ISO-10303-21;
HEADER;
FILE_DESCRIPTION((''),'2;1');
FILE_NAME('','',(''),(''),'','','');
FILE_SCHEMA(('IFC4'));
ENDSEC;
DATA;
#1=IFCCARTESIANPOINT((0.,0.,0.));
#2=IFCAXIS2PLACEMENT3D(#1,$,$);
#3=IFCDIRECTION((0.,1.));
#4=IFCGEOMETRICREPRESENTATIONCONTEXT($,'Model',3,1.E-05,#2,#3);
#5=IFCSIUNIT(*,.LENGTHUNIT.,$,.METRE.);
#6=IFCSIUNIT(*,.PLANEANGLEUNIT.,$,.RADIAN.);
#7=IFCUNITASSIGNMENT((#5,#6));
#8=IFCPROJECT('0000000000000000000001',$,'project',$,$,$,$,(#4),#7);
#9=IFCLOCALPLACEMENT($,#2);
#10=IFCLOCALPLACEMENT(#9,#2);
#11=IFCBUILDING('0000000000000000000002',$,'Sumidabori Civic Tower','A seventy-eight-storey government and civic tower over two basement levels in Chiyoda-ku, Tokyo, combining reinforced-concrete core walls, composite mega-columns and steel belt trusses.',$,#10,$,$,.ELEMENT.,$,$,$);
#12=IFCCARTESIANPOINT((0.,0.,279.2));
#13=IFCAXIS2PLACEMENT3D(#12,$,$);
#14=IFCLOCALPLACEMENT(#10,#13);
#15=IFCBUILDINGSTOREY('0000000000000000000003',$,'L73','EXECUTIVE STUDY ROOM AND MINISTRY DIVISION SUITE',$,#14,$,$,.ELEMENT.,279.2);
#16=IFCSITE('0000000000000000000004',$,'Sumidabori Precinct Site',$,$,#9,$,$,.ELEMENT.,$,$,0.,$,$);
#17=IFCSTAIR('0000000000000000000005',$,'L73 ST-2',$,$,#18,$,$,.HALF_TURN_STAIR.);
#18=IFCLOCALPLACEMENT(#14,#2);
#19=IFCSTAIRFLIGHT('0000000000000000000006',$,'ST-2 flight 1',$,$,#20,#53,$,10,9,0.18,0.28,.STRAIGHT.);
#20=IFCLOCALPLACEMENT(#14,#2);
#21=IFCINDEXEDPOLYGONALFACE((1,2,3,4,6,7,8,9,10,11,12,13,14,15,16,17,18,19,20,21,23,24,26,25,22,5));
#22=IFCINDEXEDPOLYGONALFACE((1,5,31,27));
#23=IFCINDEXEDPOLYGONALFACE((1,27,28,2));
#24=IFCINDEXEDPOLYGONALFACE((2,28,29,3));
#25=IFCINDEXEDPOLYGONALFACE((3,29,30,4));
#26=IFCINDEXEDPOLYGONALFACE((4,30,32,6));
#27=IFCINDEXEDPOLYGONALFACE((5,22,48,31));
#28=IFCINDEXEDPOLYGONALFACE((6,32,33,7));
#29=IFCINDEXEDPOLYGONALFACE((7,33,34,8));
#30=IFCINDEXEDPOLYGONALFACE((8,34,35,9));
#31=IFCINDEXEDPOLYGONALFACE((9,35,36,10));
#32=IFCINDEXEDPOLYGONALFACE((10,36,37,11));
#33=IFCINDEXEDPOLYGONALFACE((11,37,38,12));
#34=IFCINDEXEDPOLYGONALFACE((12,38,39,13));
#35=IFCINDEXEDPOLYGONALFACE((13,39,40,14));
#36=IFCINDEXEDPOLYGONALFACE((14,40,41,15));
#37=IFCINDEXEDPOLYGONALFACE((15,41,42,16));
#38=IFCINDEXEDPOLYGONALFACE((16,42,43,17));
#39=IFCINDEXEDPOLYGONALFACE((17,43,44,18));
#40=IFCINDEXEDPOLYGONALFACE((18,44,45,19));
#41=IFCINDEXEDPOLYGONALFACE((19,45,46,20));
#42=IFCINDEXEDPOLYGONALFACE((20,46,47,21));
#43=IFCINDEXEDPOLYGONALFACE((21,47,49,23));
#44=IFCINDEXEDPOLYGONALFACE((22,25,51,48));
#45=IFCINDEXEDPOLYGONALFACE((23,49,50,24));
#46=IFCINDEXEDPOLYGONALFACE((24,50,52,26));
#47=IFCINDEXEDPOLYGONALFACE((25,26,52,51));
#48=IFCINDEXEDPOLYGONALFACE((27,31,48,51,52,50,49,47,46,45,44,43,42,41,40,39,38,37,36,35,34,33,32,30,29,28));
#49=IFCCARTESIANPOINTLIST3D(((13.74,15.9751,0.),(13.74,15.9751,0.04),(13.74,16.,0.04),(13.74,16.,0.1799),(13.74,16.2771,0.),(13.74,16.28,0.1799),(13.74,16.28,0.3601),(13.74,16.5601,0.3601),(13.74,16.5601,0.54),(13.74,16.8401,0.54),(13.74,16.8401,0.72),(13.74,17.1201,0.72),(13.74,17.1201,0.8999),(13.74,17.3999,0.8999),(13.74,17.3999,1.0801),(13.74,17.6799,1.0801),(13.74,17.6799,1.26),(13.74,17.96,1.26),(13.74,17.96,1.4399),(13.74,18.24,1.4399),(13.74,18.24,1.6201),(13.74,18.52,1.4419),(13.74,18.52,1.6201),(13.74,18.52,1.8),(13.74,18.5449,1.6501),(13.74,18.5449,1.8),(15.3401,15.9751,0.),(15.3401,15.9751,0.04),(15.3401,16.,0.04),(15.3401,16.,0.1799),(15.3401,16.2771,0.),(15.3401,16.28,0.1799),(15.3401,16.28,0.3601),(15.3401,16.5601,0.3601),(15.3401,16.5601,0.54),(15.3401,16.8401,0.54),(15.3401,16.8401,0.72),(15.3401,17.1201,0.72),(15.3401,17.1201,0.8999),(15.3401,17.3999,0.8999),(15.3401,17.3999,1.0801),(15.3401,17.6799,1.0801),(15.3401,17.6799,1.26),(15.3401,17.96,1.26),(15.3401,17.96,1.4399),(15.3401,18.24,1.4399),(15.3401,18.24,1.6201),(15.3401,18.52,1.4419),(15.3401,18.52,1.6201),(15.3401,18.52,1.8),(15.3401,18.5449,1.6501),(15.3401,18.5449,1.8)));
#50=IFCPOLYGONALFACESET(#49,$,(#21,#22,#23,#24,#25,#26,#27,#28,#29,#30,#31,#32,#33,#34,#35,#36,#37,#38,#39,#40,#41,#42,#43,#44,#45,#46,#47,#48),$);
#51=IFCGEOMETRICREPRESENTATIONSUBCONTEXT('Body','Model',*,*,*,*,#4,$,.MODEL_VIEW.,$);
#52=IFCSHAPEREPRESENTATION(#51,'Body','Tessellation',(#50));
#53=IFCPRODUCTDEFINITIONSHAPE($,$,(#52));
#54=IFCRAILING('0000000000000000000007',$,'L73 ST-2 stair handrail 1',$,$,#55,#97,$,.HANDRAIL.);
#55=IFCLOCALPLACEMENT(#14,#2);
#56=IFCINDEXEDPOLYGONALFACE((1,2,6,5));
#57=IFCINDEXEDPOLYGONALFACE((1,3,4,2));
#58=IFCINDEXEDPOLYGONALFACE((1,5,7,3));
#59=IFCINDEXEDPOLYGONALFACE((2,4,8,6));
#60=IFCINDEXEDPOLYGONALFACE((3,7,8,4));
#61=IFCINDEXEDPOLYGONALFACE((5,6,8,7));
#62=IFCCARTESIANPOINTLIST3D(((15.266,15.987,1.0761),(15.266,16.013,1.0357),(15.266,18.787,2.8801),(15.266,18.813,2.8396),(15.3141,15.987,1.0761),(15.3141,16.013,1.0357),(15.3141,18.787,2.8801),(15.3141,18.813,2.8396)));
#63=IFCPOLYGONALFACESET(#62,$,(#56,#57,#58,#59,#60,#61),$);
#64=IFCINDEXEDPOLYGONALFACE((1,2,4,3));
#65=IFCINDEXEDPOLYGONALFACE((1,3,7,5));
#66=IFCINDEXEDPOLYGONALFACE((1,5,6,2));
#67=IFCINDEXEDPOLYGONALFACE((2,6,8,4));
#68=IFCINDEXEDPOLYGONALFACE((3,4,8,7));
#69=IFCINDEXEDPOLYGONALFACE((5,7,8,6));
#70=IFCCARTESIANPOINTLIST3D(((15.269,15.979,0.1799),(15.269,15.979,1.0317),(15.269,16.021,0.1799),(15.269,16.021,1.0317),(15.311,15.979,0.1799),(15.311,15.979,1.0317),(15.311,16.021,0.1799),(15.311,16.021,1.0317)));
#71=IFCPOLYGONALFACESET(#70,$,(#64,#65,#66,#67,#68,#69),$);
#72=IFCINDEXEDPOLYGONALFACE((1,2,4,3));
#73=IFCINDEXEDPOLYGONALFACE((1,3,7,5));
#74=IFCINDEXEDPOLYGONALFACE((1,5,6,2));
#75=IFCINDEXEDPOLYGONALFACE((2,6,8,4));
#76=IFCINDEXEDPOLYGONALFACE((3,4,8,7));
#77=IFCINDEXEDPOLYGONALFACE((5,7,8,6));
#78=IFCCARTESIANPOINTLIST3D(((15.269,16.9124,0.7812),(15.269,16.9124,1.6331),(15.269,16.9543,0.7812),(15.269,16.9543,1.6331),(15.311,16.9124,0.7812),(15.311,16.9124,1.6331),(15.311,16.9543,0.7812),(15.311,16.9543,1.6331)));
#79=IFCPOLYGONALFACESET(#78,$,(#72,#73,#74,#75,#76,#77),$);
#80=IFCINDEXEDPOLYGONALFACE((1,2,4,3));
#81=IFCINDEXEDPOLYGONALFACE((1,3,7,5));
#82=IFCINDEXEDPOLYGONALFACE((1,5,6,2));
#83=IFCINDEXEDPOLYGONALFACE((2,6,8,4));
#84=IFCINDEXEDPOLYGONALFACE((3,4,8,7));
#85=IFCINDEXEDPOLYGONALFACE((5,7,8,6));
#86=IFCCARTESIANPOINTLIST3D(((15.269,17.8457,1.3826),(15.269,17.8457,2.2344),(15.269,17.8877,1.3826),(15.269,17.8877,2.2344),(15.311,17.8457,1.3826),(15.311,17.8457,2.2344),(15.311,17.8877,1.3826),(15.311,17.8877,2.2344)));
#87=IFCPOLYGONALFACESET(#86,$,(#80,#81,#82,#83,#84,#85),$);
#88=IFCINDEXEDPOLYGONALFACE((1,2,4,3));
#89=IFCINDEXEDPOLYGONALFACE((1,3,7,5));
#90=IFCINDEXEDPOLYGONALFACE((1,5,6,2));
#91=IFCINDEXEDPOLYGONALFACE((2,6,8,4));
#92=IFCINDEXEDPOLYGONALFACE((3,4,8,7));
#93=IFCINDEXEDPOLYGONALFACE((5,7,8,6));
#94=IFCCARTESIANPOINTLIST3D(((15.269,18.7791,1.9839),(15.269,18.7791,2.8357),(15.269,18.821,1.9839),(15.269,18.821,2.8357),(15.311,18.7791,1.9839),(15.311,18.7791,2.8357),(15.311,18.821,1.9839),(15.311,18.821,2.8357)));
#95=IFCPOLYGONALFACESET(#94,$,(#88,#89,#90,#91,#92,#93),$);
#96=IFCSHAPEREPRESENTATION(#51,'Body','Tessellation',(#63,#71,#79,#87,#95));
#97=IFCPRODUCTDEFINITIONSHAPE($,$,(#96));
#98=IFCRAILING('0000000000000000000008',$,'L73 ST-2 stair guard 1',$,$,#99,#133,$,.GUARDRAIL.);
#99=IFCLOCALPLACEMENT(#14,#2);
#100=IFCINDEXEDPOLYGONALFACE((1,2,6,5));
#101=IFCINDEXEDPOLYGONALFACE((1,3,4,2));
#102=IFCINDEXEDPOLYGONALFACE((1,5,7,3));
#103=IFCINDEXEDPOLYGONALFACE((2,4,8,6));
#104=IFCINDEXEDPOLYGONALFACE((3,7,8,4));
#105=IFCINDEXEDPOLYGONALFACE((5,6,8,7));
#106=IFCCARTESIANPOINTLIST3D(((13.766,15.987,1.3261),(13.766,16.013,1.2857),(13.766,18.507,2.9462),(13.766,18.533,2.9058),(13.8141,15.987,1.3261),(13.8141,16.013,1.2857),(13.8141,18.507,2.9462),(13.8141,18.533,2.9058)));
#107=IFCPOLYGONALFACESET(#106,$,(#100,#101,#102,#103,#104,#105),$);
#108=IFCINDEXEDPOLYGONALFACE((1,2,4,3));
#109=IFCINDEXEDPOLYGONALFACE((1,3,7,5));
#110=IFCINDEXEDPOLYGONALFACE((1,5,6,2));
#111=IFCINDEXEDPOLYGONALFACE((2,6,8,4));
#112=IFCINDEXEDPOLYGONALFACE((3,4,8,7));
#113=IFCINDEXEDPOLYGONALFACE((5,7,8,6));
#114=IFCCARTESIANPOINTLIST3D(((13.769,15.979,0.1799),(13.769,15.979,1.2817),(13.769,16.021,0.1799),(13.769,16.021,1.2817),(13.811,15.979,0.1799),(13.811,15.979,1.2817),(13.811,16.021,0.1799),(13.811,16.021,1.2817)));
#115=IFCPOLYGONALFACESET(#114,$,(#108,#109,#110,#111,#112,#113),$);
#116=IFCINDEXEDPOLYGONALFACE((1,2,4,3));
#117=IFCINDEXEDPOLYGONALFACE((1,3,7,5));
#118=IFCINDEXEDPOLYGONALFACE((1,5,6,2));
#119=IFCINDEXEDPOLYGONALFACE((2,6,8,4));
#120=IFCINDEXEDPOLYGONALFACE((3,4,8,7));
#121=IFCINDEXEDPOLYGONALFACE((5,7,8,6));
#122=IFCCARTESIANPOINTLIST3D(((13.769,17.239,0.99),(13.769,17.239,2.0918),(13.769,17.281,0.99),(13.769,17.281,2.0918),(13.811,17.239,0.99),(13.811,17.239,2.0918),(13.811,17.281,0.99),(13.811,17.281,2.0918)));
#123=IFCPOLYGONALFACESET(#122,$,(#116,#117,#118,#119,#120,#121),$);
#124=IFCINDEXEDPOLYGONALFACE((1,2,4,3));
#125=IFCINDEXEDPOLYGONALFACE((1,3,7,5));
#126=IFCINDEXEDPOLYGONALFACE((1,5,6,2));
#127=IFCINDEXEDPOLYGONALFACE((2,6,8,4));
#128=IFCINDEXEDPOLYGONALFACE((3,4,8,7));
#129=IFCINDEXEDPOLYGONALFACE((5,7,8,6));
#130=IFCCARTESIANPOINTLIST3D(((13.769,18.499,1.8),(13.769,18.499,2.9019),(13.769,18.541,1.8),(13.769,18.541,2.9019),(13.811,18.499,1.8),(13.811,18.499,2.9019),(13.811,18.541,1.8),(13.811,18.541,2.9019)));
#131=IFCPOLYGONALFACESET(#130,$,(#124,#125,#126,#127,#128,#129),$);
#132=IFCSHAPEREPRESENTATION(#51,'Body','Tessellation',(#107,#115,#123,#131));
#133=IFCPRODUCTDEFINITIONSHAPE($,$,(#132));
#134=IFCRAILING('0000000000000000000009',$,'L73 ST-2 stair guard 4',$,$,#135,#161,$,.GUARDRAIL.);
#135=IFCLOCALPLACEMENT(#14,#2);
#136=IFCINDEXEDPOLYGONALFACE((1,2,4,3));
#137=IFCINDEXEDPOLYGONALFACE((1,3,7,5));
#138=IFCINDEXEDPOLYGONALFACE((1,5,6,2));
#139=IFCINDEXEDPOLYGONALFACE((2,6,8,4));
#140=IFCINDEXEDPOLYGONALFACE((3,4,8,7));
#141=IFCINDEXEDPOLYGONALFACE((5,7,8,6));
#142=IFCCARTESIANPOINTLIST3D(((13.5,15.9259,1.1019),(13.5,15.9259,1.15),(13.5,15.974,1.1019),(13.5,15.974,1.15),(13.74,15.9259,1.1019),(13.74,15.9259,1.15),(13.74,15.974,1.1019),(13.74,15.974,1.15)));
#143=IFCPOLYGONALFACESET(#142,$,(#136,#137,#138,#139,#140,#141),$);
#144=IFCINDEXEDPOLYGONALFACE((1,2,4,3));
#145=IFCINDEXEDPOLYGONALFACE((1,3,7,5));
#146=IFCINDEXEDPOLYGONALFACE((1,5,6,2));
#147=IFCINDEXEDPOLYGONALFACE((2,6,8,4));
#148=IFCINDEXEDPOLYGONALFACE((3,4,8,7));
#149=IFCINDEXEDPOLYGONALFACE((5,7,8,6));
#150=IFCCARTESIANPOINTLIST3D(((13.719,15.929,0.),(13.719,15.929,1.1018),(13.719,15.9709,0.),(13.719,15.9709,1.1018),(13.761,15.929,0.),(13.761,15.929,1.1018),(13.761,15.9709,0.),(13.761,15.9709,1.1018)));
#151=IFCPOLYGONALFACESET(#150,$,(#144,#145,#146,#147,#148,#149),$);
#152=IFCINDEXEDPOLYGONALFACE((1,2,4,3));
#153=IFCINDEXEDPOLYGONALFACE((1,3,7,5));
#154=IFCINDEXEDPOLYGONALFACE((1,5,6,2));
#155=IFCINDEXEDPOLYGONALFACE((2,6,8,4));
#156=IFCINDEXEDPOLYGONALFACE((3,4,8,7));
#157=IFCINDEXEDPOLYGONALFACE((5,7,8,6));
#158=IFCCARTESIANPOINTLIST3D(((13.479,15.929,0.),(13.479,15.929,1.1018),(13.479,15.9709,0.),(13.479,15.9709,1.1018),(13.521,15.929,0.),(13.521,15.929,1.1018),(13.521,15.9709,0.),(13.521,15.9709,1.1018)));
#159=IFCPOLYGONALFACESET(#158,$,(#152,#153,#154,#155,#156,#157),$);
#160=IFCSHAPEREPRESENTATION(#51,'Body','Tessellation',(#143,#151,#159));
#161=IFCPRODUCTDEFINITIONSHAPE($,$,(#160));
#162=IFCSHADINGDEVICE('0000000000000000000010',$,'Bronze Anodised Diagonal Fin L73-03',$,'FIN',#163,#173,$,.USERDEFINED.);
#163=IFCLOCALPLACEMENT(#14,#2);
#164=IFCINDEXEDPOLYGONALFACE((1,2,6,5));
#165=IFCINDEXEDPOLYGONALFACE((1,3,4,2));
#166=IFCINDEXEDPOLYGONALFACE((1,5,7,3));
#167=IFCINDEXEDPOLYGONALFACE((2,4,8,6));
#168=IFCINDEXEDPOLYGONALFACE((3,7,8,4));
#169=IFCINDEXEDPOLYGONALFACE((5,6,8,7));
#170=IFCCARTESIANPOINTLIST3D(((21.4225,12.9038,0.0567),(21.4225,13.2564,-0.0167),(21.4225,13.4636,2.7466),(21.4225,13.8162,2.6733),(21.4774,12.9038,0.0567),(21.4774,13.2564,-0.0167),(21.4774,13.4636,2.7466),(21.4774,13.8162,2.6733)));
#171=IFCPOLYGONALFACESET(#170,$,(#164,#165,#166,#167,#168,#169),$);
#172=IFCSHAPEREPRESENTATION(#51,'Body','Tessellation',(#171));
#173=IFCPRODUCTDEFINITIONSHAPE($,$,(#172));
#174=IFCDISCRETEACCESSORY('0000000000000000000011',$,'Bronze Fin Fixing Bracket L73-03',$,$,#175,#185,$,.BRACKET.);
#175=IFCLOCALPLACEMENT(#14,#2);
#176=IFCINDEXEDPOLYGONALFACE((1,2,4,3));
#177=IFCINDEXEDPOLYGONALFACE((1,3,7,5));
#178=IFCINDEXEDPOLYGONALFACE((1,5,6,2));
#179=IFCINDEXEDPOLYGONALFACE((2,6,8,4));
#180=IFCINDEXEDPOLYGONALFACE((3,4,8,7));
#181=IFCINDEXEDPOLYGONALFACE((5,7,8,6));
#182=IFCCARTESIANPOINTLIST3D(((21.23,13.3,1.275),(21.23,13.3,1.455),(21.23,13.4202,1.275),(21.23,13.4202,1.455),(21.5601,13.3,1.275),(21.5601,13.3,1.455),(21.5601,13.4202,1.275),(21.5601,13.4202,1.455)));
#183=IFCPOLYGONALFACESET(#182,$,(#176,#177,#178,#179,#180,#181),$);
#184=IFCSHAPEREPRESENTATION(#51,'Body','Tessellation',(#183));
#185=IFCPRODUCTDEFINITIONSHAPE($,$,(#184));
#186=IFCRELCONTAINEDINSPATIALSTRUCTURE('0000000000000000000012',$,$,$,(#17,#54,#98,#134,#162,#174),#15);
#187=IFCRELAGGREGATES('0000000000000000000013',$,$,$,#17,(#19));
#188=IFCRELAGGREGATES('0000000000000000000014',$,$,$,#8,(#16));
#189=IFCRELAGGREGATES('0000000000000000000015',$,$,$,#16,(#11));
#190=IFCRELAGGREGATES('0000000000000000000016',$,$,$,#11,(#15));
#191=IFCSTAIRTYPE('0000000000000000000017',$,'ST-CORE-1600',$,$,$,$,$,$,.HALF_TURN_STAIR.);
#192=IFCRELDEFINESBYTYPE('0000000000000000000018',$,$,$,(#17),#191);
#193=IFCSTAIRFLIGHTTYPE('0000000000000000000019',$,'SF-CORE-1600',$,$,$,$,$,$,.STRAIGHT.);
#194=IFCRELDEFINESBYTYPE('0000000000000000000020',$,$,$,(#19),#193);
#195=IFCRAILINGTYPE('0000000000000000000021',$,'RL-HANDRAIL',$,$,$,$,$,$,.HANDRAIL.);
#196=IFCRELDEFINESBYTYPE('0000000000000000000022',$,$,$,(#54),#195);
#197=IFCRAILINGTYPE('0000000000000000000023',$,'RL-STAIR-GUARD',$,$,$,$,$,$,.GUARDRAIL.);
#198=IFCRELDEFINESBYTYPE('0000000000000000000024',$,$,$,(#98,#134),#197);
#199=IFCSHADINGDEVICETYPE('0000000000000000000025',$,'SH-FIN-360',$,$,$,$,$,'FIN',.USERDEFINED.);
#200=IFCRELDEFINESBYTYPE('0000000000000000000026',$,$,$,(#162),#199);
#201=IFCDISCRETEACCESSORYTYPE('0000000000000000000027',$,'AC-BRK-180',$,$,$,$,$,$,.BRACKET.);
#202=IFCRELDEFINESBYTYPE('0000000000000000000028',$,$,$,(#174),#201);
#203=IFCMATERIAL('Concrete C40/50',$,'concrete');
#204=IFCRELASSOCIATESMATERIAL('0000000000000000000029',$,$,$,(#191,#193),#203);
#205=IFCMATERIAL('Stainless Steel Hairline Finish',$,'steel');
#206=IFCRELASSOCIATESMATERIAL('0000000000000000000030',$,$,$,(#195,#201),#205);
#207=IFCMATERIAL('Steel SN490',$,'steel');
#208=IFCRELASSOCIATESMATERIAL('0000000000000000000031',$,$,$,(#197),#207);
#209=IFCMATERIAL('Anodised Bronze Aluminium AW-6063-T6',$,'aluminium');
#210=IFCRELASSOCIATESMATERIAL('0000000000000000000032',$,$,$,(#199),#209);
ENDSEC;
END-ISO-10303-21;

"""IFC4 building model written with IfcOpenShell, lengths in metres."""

from ifc_helpers import new_model, si_unit, direction, frame, origin, origin_2d, place, context, subcontext, project, spatial, polyline, rectangle, outline, extrude, source, transform, mapped, material, material_profile, profile_set, type_object, element, aggregate, save


model = new_model("IFC4")

# Units and contexts
model_context = context("Model", 3, precision=1e-05, world=origin(), true_north=direction((0.0, 1.0)))
body_context = subcontext(model_context, "Body", "Model", "MODEL_VIEW")
ifc_project = project(units=[si_unit("LENGTHUNIT", "METRE"), si_unit("PLANEANGLEUNIT", "RADIAN")], contexts=[model_context])

# Site, building, storey
site_placement = place(None, origin())
site = spatial("IfcSite", under=ifc_project, at=site_placement, Name="Sumidabori Precinct Site", CompositionType="ELEMENT", RefElevation=0.0)
building_placement = place(site_placement, origin())
building = spatial("IfcBuilding", under=site, at=building_placement, Name="Sumidabori Civic Tower", Description="A seventy-eight-storey government and civic tower over two basement levels in Chiyoda-ku, Tokyo, combining reinforced-concrete core walls, composite mega-columns and steel belt trusses.", CompositionType="ELEMENT")
storey_placement = place(building_placement, frame((0.0, 0.0, 279.2)))
storey = spatial("IfcBuildingStorey", under=building, at=storey_placement, Name="L73", Description="EXECUTIVE STUDY ROOM AND MINISTRY DIVISION SUITE", CompositionType="ELEMENT", Elevation=279.2)

# Shared definitions
ifc_material_1 = material(Name="Steel SN490", Category="steel")

# Shared definitions
ifc_material_2 = material(Name="Anodised Bronze Aluminium AW-6063-T6", Category="aluminium")

# Shared definitions
ifc_material_3 = material(Name="Stainless Steel Hairline Finish", Category="steel")

# Stair, stair flight
ifc_material_4 = material(Name="Concrete C40/50", Category="concrete")
stair_type = type_object("IfcStairType", Name="ST-CORE-1600", PredefinedType="HALF_TURN_STAIR", material=ifc_material_4)
stair_placement = place(storey_placement, origin())
stair = element("IfcStair", 1, at=stair_placement, inside=storey, type_object=stair_type, Name="L73 ST-2", PredefinedType="HALF_TURN_STAIR")
stair_flight_type = type_object("IfcStairFlightType", Name="SF-CORE-1600", PredefinedType="STRAIGHT", material=ifc_material_4)
shared_shape_1 = source(origin(), body_context, "Body", "SweptSolid", [
    extrude(outline(polyline([(-0.0249, 0.0), (-0.0249, 0.04), (0.0, 0.04), (0.0, 0.1799), (0.28, 0.1799), (0.28, 0.3601), (0.5601, 0.3601), (0.5601, 0.54), (0.8401, 0.54), (0.8401, 0.72), (1.1201, 0.72), (1.1201, 0.8999), (1.3999, 0.8999), (1.3999, 1.0801), (1.6799, 1.0801), (1.6799, 1.26), (1.96, 1.26), (1.96, 1.4399), (2.24, 1.4399), (2.24, 1.6201), (2.52, 1.6201), (2.52, 1.8), (2.5449, 1.8), (2.5449, 1.6501), (2.52, 1.4419), (0.2771, 0.0), (-0.0249, 0.0)])), frame((0.0, 0.8, 0.0), z_axis=(0.0, -1.0, 0.0), x_axis=(1.0, 0.0, 0.0)), (0.0, 0.0, 1.0), 1.6001),
])
stair_flight_placement = place(storey_placement, frame((14.54, 16.0, 0.0), z_axis=(0.0, 0.0, 1.0), x_axis=(0.0, 1.0, 0.0)))
stair_flight = element("IfcStairFlight", 2, at=stair_flight_placement, type_object=stair_flight_type, Name="ST-2 flight 1", NumberOfRisers=10, NumberOfTreads=9, PredefinedType="STRAIGHT", RiserHeight=0.18, TreadLength=0.28, context=body_context, shape_type="MappedRepresentation", body=[
    mapped(shared_shape_1, transform((0.0, 0.0, 0.0), x_axis=(1.0, 0.0, 0.0), y_axis=(0.0, 1.0, 0.0), z_axis=(0.0, 0.0, 1.0), scale=1.0)),
])
aggregate(stair, [stair_flight])

# Railings
railing_type_1 = type_object("IfcRailingType", Name="RL-HANDRAIL", PredefinedType="HANDRAIL", material=ifc_material_3)
railing_1_placement = place(storey_placement, frame((15.29, 16.0, 0.1799)))
element("IfcRailing", 3, at=railing_1_placement, inside=storey, type_object=railing_type_1, Name="L73 ST-2 stair handrail 1", PredefinedType="HANDRAIL", context=body_context, shape_type="SweptSolid", body=[
    extrude(rectangle(XDim=0.0481, YDim=0.0481, at=origin_2d()), frame((0.0, 0.0, 0.876), z_axis=(0.0, 0.840642, 0.541591), x_axis=(-1.0, 0.0, 0.0)), (0.0, 0.0, 1.0), 3.3308),
    extrude(rectangle(XDim=0.042, YDim=0.042, at=origin_2d()), origin(), (0.0, 0.0, 1.0), 0.8518),
    extrude(rectangle(XDim=0.042, YDim=0.042, at=origin_2d()), frame((0.0, 0.9333, 0.6013)), (0.0, 0.0, 1.0), 0.8518),
    extrude(rectangle(XDim=0.042, YDim=0.042, at=origin_2d()), frame((0.0, 1.8667, 1.2026)), (0.0, 0.0, 1.0), 0.8518),
    extrude(rectangle(XDim=0.042, YDim=0.042, at=origin_2d()), frame((0.0, 2.8, 1.804)), (0.0, 0.0, 1.0), 0.8518),
])
railing_type_2 = type_object("IfcRailingType", Name="RL-STAIR-GUARD", PredefinedType="GUARDRAIL", material=ifc_material_1)
railing_2_placement = place(storey_placement, frame((13.79, 16.0, 0.1799)))
element("IfcRailing", 4, at=railing_2_placement, inside=storey, type_object=railing_type_2, Name="L73 ST-2 stair guard 1", PredefinedType="GUARDRAIL", context=body_context, shape_type="SweptSolid", body=[
    extrude(rectangle(XDim=0.0481, YDim=0.0481, at=origin_2d()), frame((0.0, 0.0, 1.126), z_axis=(0.0, 0.841163, 0.540782), x_axis=(-1.0, 0.0, 0.0)), (0.0, 0.0, 1.0), 2.9958),
    extrude(rectangle(XDim=0.042, YDim=0.042, at=origin_2d()), origin(), (0.0, 0.0, 1.0), 1.1018),
    extrude(rectangle(XDim=0.042, YDim=0.042, at=origin_2d()), frame((0.0, 1.26, 0.8101)), (0.0, 0.0, 1.0), 1.1018),
    extrude(rectangle(XDim=0.042, YDim=0.042, at=origin_2d()), frame((0.0, 2.52, 1.6201)), (0.0, 0.0, 1.0), 1.1018),
])
railing_3_placement = place(storey_placement, frame((13.74, 15.95, 0.0)))
element("IfcRailing", 5, at=railing_3_placement, inside=storey, type_object=railing_type_2, Name="L73 ST-2 stair guard 4", PredefinedType="GUARDRAIL", context=body_context, shape_type="SweptSolid", body=[
    extrude(rectangle(XDim=0.0481, YDim=0.0481, at=origin_2d()), frame((0.0, 0.0, 1.126), z_axis=(-1.0, 0.0, 0.0), x_axis=(0.0, -1.0, 0.0)), (0.0, 0.0, 1.0), 0.24),
    extrude(rectangle(XDim=0.042, YDim=0.042, at=origin_2d()), origin(), (0.0, 0.0, 1.0), 1.1018),
    extrude(rectangle(XDim=0.042, YDim=0.042, at=origin_2d()), frame((-0.24, 0.0, 0.0)), (0.0, 0.0, 1.0), 1.1018),
])

# Shading device
ifc_material_profile_1 = material_profile(ifc_material_2, rectangle(XDim=0.0549, YDim=0.3601, at=origin_2d()), Name="BRONZE FIN 360x55")
ifc_profile_set_1 = profile_set([ifc_material_profile_1], Name="Anodised Bronze Aluminium AW-6063-T6")
shading_device_type = type_object("IfcShadingDeviceType", Name="SH-FIN-360", ElementType="FIN", PredefinedType="USERDEFINED", material=ifc_profile_set_1)
shared_shape_2 = source(origin(), body_context, "Body", "SweptSolid", [
    extrude(rectangle(XDim=0.0549, YDim=0.3601, at=origin_2d()), origin(), (0.0, 0.0, 1.0), 2.7476),
])
shading_device_placement = place(storey_placement, frame((21.45, 13.0801, 0.02), z_axis=(0.0, 0.203748, 0.979023), x_axis=(-1.0, 0.0, 0.0)))
element("IfcShadingDevice", 6, at=shading_device_placement, inside=storey, type_object=shading_device_type, Name="Bronze Anodised Diagonal Fin L73-03", ObjectType="FIN", PredefinedType="USERDEFINED", context=body_context, shape_type="MappedRepresentation", body=[
    mapped(shared_shape_2, transform((0.0, 0.0, 0.0), x_axis=(1.0, 0.0, 0.0), y_axis=(0.0, 1.0, 0.0), z_axis=(0.0, 0.0, 1.0), scale=1.0)),
])

# Discrete accessory
ifc_material_profile_2 = material_profile(ifc_material_3, rectangle(XDim=0.1201, YDim=0.1799, at=origin_2d()), Name="STEEL BRACKET 180x120")
ifc_profile_set_2 = profile_set([ifc_material_profile_2], Name="Stainless Steel Hairline Finish")
discrete_accessory_type = type_object("IfcDiscreteAccessoryType", Name="AC-BRK-180", PredefinedType="BRACKET", material=ifc_profile_set_2)
shared_shape_3 = source(origin(), body_context, "Body", "SweptSolid", [
    extrude(rectangle(XDim=0.1201, YDim=0.1799, at=origin_2d()), origin(), (0.0, 0.0, 1.0), 0.3301),
])
discrete_accessory_placement = place(storey_placement, frame((21.23, 13.3601, 1.365), z_axis=(1.0, 0.0, 0.0), x_axis=(0.0, 1.0, 0.0)))
element("IfcDiscreteAccessory", 7, at=discrete_accessory_placement, inside=storey, type_object=discrete_accessory_type, Name="Bronze Fin Fixing Bracket L73-03", PredefinedType="BRACKET", context=body_context, shape_type="MappedRepresentation", body=[
    mapped(shared_shape_3, transform((0.0, 0.0, 0.0), x_axis=(1.0, 0.0, 0.0), y_axis=(0.0, 1.0, 0.0), z_axis=(0.0, 0.0, 1.0), scale=1.0)),
])

save(model, "model.ifc")
